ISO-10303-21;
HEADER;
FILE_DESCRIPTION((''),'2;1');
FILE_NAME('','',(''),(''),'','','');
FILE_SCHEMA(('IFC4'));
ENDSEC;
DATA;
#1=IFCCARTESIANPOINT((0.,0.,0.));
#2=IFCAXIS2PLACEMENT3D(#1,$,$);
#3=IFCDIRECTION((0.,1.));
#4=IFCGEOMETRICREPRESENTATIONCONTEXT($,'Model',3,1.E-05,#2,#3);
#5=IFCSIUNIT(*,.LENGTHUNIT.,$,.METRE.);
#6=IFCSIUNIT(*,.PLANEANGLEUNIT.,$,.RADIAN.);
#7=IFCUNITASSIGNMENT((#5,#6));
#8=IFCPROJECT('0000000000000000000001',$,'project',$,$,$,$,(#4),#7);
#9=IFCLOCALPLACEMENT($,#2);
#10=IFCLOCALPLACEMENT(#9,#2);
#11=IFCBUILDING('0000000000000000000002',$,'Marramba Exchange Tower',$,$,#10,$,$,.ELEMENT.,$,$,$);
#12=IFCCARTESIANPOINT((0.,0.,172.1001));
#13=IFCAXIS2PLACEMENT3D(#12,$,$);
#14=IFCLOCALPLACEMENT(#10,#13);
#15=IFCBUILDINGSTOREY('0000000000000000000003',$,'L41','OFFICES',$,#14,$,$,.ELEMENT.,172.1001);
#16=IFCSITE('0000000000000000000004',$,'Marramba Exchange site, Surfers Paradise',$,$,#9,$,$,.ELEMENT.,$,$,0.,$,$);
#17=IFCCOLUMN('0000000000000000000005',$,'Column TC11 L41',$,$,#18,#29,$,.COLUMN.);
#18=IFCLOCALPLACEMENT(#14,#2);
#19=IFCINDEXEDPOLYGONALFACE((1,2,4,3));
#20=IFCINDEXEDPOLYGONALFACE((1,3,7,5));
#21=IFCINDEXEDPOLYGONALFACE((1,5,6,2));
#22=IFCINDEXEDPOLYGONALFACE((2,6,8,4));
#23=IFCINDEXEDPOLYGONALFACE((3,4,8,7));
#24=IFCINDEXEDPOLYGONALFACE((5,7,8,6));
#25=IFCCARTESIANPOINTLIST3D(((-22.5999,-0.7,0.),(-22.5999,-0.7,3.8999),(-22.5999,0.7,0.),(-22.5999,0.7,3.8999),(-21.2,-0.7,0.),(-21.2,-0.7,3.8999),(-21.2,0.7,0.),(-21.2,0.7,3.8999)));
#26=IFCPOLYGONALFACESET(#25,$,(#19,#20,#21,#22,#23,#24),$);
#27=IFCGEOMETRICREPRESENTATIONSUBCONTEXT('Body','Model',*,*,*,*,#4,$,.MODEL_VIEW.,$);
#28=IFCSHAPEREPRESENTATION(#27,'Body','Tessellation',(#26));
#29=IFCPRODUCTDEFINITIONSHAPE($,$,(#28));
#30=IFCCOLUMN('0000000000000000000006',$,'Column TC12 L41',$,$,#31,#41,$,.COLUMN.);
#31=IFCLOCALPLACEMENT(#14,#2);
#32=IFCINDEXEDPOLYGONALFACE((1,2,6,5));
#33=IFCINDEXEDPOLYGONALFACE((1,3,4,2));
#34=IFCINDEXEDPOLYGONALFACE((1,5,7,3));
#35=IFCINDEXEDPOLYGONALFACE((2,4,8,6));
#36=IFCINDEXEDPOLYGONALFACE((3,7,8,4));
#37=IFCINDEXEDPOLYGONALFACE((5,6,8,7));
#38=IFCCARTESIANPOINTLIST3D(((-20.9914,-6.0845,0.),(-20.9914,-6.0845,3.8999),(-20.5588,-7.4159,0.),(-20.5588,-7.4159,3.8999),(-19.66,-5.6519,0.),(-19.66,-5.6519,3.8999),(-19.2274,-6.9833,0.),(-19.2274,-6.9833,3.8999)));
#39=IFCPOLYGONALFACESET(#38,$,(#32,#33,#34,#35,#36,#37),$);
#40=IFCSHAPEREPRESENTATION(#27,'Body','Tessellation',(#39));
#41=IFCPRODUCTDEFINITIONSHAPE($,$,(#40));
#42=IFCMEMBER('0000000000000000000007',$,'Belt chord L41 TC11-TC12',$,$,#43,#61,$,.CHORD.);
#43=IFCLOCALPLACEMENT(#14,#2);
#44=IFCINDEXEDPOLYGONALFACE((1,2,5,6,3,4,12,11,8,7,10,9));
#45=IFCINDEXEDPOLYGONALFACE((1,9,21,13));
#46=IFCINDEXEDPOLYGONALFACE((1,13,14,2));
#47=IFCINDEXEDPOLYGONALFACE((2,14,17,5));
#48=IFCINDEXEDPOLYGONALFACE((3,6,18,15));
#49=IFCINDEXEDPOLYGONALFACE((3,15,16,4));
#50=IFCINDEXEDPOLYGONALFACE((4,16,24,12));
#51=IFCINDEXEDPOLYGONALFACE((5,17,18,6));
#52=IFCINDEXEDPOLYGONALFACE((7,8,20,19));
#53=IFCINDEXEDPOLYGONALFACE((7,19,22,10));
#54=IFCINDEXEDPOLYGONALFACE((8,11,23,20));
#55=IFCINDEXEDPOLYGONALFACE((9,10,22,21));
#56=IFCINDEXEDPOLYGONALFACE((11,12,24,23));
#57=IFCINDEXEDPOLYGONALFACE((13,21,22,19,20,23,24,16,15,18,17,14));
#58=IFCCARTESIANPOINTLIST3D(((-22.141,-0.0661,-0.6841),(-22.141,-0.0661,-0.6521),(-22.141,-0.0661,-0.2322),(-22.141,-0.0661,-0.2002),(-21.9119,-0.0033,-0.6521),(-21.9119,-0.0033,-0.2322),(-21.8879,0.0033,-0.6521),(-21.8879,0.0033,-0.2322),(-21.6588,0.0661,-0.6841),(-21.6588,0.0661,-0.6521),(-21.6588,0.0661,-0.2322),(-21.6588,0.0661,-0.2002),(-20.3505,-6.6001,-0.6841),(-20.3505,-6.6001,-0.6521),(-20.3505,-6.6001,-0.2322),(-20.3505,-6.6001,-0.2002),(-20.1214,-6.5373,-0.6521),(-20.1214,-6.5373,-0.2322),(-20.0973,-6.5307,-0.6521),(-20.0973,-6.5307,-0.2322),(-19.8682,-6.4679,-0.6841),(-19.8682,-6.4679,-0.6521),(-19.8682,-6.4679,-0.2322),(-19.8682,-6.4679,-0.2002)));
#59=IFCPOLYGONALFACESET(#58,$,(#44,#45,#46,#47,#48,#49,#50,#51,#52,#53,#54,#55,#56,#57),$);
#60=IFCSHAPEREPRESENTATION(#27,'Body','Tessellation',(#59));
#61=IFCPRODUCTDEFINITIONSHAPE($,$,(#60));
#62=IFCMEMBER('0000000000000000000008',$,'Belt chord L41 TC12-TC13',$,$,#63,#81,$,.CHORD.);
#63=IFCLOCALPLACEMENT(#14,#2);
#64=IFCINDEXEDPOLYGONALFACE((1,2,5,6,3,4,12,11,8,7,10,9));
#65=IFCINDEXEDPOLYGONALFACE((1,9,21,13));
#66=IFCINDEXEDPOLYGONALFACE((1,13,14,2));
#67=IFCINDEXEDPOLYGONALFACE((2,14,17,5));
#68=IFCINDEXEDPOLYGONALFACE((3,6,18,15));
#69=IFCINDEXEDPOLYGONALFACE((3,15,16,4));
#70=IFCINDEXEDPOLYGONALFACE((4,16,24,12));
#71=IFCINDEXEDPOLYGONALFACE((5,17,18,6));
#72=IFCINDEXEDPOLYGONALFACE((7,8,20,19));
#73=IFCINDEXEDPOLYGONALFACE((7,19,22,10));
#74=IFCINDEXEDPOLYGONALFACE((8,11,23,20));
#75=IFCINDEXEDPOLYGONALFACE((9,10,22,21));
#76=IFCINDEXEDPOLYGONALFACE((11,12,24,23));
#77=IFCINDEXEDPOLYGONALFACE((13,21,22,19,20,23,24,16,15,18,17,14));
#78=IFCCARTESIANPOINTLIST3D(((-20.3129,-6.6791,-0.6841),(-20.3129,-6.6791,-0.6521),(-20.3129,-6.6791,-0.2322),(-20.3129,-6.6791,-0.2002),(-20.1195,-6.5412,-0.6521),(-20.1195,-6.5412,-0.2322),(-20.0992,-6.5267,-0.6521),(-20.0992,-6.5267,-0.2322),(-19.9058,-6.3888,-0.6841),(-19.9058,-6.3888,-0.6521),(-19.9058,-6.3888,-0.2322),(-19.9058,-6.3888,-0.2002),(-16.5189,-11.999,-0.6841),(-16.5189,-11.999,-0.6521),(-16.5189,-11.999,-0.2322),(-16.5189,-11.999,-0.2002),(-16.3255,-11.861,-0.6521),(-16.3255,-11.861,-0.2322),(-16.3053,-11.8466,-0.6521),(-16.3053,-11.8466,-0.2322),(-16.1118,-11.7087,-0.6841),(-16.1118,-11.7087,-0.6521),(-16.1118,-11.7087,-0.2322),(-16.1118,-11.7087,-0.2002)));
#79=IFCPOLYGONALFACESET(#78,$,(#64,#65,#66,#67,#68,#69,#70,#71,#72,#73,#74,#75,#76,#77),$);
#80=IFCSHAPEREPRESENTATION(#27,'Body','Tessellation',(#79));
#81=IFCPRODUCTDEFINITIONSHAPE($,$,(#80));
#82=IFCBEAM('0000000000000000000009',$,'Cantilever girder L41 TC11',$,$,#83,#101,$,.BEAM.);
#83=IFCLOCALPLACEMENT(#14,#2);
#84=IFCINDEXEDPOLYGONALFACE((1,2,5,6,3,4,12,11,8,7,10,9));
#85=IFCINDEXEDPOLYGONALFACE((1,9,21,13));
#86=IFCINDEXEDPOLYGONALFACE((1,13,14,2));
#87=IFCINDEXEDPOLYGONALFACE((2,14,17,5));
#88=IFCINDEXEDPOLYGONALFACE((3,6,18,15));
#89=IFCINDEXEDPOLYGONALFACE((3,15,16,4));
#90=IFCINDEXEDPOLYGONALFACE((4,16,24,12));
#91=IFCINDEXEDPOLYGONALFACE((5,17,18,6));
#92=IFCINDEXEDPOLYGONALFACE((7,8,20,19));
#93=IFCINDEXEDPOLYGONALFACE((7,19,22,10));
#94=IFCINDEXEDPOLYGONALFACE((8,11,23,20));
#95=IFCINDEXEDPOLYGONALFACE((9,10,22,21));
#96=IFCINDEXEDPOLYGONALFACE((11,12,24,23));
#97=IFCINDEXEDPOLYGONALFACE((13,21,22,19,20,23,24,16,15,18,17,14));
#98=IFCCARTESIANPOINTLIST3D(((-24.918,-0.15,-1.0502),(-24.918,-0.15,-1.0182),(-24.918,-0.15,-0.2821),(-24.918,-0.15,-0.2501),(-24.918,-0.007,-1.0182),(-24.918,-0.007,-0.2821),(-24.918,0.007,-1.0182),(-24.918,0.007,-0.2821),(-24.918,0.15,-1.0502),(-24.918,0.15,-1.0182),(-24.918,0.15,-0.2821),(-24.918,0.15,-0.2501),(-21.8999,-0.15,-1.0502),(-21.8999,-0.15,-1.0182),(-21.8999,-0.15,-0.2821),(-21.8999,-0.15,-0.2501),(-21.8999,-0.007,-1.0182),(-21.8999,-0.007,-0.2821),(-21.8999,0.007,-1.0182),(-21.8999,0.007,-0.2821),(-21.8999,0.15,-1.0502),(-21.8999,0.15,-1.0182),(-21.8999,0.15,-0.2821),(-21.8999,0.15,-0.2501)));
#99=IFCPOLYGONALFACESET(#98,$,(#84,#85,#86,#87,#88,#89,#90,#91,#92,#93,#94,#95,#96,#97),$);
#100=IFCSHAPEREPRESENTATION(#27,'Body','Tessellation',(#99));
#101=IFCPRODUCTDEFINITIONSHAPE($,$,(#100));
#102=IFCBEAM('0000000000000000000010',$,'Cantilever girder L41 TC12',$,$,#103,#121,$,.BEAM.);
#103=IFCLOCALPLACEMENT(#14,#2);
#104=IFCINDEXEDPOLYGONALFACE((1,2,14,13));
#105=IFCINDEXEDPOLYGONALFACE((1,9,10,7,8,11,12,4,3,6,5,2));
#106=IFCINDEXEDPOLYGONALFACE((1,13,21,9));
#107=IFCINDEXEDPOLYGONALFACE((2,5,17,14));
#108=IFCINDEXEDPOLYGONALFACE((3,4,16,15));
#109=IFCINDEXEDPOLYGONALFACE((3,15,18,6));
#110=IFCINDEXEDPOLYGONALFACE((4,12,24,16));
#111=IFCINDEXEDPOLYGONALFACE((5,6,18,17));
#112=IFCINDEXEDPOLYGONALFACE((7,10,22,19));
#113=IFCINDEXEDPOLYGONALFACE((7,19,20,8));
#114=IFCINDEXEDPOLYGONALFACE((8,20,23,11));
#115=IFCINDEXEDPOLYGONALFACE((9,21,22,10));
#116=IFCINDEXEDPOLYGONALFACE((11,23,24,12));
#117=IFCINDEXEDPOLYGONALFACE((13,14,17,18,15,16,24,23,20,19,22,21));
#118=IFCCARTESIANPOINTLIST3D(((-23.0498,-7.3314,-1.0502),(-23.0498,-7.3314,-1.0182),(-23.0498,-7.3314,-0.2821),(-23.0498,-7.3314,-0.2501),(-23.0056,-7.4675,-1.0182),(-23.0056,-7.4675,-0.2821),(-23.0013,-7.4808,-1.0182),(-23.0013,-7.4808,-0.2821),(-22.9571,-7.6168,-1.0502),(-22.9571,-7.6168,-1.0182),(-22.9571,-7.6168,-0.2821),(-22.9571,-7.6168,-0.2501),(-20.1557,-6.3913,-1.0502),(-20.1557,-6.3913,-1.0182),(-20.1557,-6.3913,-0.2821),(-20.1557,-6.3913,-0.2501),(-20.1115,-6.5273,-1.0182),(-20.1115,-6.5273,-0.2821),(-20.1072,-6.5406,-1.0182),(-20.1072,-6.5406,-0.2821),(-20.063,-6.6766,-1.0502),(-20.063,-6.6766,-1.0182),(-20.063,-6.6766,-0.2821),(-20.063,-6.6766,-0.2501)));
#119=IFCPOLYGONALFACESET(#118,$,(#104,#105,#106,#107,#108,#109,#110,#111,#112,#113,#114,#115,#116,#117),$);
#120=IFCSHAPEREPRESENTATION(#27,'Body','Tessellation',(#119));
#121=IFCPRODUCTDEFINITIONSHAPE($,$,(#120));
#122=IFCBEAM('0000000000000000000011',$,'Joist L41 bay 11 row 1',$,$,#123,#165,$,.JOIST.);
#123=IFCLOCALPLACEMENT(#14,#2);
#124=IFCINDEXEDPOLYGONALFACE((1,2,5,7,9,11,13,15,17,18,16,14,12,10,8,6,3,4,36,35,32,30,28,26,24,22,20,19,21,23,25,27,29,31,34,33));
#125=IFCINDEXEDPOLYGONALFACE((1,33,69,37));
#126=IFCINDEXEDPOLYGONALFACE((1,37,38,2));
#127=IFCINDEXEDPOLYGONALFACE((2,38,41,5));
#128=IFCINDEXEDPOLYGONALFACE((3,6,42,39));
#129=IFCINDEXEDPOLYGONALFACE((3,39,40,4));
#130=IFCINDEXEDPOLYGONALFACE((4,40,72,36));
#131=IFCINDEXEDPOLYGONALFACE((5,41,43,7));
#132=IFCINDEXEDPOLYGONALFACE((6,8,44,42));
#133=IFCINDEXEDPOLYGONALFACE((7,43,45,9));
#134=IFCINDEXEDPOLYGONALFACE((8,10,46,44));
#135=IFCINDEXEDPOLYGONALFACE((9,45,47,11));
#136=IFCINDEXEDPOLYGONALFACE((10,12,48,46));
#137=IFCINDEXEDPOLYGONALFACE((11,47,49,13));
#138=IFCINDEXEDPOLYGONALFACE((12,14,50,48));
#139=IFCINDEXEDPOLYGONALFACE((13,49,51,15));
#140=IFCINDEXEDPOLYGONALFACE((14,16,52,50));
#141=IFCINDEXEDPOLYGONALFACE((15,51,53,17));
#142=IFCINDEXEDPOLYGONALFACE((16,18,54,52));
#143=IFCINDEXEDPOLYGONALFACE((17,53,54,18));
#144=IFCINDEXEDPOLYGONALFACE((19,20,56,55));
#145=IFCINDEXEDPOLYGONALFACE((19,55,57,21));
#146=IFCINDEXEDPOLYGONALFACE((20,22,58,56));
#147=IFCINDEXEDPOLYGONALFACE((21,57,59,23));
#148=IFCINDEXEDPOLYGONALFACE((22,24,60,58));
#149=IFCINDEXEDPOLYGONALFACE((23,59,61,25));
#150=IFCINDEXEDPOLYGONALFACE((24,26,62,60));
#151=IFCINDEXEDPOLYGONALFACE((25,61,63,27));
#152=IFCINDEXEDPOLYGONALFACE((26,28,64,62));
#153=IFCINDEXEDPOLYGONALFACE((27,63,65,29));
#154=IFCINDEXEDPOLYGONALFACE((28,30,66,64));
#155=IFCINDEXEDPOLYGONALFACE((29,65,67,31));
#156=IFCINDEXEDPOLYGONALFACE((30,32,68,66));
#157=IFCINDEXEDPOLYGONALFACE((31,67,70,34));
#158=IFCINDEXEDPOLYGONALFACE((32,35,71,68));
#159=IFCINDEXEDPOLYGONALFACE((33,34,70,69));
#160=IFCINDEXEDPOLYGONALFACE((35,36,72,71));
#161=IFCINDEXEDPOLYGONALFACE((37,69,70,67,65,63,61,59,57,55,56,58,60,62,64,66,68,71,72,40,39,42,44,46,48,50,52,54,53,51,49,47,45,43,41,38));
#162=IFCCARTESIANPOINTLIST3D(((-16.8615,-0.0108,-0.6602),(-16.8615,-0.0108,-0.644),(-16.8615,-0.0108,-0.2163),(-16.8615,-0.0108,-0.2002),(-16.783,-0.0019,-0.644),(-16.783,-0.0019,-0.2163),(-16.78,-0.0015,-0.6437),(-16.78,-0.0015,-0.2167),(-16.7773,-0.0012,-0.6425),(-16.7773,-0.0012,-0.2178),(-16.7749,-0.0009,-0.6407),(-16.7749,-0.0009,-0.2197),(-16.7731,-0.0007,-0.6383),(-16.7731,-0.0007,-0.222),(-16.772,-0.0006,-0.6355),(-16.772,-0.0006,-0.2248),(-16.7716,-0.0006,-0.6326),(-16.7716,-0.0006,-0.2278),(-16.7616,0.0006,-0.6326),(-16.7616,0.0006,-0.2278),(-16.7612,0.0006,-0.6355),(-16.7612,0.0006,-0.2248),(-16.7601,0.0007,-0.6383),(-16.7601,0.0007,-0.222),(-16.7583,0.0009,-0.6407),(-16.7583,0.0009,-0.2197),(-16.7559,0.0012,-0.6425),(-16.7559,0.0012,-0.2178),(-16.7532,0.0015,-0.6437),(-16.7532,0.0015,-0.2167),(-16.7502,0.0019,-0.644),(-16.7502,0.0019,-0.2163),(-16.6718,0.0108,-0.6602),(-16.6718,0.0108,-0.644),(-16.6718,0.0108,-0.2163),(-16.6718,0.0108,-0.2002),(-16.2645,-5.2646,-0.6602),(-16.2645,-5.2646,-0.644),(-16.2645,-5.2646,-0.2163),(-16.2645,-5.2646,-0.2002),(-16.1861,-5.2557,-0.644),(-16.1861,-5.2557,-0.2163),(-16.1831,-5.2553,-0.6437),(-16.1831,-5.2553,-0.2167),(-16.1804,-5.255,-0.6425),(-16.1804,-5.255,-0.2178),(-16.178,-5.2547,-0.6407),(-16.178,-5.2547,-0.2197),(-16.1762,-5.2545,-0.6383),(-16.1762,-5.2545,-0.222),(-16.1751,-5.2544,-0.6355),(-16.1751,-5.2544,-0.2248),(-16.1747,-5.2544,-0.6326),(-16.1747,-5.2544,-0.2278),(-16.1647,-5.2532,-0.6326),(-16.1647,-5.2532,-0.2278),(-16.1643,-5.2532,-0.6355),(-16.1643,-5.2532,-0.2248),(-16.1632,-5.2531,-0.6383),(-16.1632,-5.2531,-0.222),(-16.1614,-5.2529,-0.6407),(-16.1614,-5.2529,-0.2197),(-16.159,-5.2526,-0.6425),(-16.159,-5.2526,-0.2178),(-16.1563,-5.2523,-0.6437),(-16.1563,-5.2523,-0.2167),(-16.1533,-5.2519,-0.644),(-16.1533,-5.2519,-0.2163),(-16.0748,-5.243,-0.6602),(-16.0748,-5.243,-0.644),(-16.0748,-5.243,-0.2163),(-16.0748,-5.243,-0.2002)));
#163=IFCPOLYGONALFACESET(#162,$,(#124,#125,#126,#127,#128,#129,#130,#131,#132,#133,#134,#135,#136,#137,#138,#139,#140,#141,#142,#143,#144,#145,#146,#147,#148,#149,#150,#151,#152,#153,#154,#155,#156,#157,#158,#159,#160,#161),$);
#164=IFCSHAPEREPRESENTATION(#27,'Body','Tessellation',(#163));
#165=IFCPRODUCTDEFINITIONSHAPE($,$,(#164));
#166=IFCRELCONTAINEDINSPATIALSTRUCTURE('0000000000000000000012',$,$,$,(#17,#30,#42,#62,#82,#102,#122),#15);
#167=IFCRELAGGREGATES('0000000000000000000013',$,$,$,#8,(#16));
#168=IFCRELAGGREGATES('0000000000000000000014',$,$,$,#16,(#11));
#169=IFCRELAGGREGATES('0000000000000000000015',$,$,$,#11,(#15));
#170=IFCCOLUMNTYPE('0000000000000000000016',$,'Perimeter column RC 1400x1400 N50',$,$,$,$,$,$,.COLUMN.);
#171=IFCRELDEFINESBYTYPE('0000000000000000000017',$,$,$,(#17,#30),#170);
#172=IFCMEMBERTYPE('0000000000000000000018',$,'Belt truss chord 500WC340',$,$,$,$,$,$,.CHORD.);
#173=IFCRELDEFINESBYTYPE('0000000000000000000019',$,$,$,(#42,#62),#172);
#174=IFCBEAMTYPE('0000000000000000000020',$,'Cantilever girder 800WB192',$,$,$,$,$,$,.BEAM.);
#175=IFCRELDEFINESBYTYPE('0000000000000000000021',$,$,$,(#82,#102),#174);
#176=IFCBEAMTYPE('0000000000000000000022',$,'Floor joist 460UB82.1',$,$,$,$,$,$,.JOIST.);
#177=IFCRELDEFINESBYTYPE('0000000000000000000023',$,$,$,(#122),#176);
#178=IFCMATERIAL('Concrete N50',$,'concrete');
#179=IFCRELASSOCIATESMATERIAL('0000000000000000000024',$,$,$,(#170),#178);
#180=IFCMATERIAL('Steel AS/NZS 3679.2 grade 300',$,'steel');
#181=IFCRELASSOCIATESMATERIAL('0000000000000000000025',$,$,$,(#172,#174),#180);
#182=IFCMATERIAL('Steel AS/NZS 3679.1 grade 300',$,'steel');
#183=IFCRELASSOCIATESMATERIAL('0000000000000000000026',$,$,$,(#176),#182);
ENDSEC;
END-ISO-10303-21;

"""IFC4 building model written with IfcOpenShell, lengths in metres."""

from ifc_helpers import new_model, si_unit, direction, frame, origin, origin_2d, place, context, subcontext, project, spatial, rectangle, i_section, extrude, material, material_profile, profile_set, type_object, element, save


model = new_model("IFC4")

# Units and contexts
model_context = context("Model", 3, precision=1e-05, world=origin(), true_north=direction((0.0, 1.0)))
body_context = subcontext(model_context, "Body", "Model", "MODEL_VIEW")
ifc_project = project(units=[si_unit("LENGTHUNIT", "METRE"), si_unit("PLANEANGLEUNIT", "RADIAN")], contexts=[model_context])

# Site, building, storey
site_placement = place(None, origin())
site = spatial("IfcSite", under=ifc_project, at=site_placement, Name="Marramba Exchange site, Surfers Paradise", CompositionType="ELEMENT", RefElevation=0.0)
building_placement = place(site_placement, origin())
building = spatial("IfcBuilding", under=site, at=building_placement, Name="Marramba Exchange Tower", CompositionType="ELEMENT")
storey_placement = place(building_placement, frame((0.0, 0.0, 172.1001)))
storey = spatial("IfcBuildingStorey", under=building, at=storey_placement, Name="L41", Description="OFFICES", CompositionType="ELEMENT", Elevation=172.1001)

# Columns
ifc_material_1 = material(Name="Concrete N50", Category="concrete")
ifc_material_profile_1 = material_profile(ifc_material_1, rectangle(XDim=1.3999, YDim=1.3999, at=origin_2d()), Name="RC 1400x1400")
ifc_profile_set_1 = profile_set([ifc_material_profile_1], Name="Concrete N50")
column_type = type_object("IfcColumnType", Name="Perimeter column RC 1400x1400 N50", PredefinedType="COLUMN", material=ifc_profile_set_1)
for number, where, z_axis, x_axis, name in (
    (1, (-21.8999, 0.0, 0.0), (0.0, 0.0, 1.0), (-1.0, 0.0, 0.0), "Column TC11 L41"),
    (2, (-20.1094, -6.5339, 0.0), (0.0, 0.0, 1.0), (-0.951057, -0.309017, 0.0), "Column TC12 L41"),
):
    element("IfcColumn", number, at=place(storey_placement, frame(where, z_axis=z_axis, x_axis=x_axis)), inside=storey, type_object=column_type, Name=name, PredefinedType="COLUMN", context=body_context, shape_type="SweptSolid", body=[
        extrude(rectangle(XDim=1.3999, YDim=1.3999, at=origin_2d()), origin(), (0.0, 0.0, 1.0), 3.8999),
    ])

# Members
ifc_material_2 = material(Name="Steel AS/NZS 3679.2 grade 300", Category="steel")
ifc_material_profile_2 = material_profile(ifc_material_2, i_section(OverallWidth=0.5, OverallDepth=0.4839, WebThickness=0.0249, FlangeThickness=0.032, at=origin_2d()), Name="500WC340")
ifc_profile_set_2 = profile_set([ifc_material_profile_2], Name="Steel AS/NZS 3679.2 grade 300")
member_type = type_object("IfcMemberType", Name="Belt truss chord 500WC340", PredefinedType="CHORD", material=ifc_profile_set_2)
member_1_placement = place(storey_placement, frame((-21.8999, 0.0, -0.4421), z_axis=(0.264291, -0.964443, 0.0), x_axis=(0.964443, 0.264291, 0.0)))
element("IfcMember", 3, at=member_1_placement, inside=storey, type_object=member_type, Name="Belt chord L41 TC11-TC12", PredefinedType="CHORD", context=body_context, shape_type="SweptSolid", body=[
    extrude(i_section(OverallWidth=0.5, OverallDepth=0.4839, WebThickness=0.0249, FlangeThickness=0.032, at=origin_2d()), origin(), (0.0, 0.0, 1.0), 6.7749),
])
member_2_placement = place(storey_placement, frame((-20.1094, -6.5339, -0.4421), z_axis=(0.580637, -0.814162, 0.0), x_axis=(0.814162, 0.580637, 0.0)))
element("IfcMember", 4, at=member_2_placement, inside=storey, type_object=member_type, Name="Belt chord L41 TC12-TC13", PredefinedType="CHORD", context=body_context, shape_type="SweptSolid", body=[
    extrude(i_section(OverallWidth=0.5, OverallDepth=0.4839, WebThickness=0.0249, FlangeThickness=0.032, at=origin_2d()), origin(), (0.0, 0.0, 1.0), 6.5342),
])

# Beams
ifc_material_profile_3 = material_profile(ifc_material_2, i_section(OverallWidth=0.3, OverallDepth=0.8, WebThickness=0.0139, FlangeThickness=0.032, at=origin_2d()), Name="800WB192")
ifc_profile_set_3 = profile_set([ifc_material_profile_3], Name="Steel AS/NZS 3679.2 grade 300")
beam_type_1 = type_object("IfcBeamType", Name="Cantilever girder 800WB192", PredefinedType="BEAM", material=ifc_profile_set_3)
beam_1_placement = place(storey_placement, frame((-21.8999, 0.0, -0.6501), z_axis=(-1.0, 0.0, 0.0), x_axis=(0.0, -1.0, 0.0)))
element("IfcBeam", 5, at=beam_1_placement, inside=storey, type_object=beam_type_1, Name="Cantilever girder L41 TC11", PredefinedType="BEAM", context=body_context, shape_type="SweptSolid", body=[
    extrude(i_section(OverallWidth=0.3, OverallDepth=0.8, WebThickness=0.0139, FlangeThickness=0.032, at=origin_2d()), origin(), (0.0, 0.0, 1.0), 3.0181),
])
beam_2_placement = place(storey_placement, frame((-20.1094, -6.5339, -0.6501), z_axis=(-0.951071, -0.308974, 0.0), x_axis=(0.308974, -0.951071, 0.0)))
element("IfcBeam", 6, at=beam_2_placement, inside=storey, type_object=beam_type_1, Name="Cantilever girder L41 TC12", PredefinedType="BEAM", context=body_context, shape_type="SweptSolid", body=[
    extrude(i_section(OverallWidth=0.3, OverallDepth=0.8, WebThickness=0.0139, FlangeThickness=0.032, at=origin_2d()), origin(), (0.0, 0.0, 1.0), 3.043),
])
ifc_material_3 = material(Name="Steel AS/NZS 3679.1 grade 300", Category="steel")
ifc_material_profile_4 = material_profile(ifc_material_3, i_section(OverallWidth=0.1909, OverallDepth=0.46, WebThickness=0.01, FlangeThickness=0.0161, FilletRadius=0.0115, at=origin_2d()), Name="460UB82.1")
ifc_profile_set_4 = profile_set([ifc_material_profile_4], Name="Steel AS/NZS 3679.1 grade 300")
beam_type_2 = type_object("IfcBeamType", Name="Floor joist 460UB82.1", PredefinedType="JOIST", material=ifc_profile_set_4)
beam_3_placement = place(storey_placement, frame((-16.7666, 0.0, -0.4302), z_axis=(0.112889, -0.993608, 0.0), x_axis=(0.993608, 0.112889, 0.0)))
element("IfcBeam", 7, at=beam_3_placement, inside=storey, type_object=beam_type_2, Name="Joist L41 bay 11 row 1", PredefinedType="JOIST", context=body_context, shape_type="SweptSolid", body=[
    extrude(i_section(OverallWidth=0.1909, OverallDepth=0.46, WebThickness=0.01, FlangeThickness=0.0161, FilletRadius=0.0115, at=origin_2d()), origin(), (0.0, 0.0, 1.0), 5.2876),
])

save(model, "model.ifc")
